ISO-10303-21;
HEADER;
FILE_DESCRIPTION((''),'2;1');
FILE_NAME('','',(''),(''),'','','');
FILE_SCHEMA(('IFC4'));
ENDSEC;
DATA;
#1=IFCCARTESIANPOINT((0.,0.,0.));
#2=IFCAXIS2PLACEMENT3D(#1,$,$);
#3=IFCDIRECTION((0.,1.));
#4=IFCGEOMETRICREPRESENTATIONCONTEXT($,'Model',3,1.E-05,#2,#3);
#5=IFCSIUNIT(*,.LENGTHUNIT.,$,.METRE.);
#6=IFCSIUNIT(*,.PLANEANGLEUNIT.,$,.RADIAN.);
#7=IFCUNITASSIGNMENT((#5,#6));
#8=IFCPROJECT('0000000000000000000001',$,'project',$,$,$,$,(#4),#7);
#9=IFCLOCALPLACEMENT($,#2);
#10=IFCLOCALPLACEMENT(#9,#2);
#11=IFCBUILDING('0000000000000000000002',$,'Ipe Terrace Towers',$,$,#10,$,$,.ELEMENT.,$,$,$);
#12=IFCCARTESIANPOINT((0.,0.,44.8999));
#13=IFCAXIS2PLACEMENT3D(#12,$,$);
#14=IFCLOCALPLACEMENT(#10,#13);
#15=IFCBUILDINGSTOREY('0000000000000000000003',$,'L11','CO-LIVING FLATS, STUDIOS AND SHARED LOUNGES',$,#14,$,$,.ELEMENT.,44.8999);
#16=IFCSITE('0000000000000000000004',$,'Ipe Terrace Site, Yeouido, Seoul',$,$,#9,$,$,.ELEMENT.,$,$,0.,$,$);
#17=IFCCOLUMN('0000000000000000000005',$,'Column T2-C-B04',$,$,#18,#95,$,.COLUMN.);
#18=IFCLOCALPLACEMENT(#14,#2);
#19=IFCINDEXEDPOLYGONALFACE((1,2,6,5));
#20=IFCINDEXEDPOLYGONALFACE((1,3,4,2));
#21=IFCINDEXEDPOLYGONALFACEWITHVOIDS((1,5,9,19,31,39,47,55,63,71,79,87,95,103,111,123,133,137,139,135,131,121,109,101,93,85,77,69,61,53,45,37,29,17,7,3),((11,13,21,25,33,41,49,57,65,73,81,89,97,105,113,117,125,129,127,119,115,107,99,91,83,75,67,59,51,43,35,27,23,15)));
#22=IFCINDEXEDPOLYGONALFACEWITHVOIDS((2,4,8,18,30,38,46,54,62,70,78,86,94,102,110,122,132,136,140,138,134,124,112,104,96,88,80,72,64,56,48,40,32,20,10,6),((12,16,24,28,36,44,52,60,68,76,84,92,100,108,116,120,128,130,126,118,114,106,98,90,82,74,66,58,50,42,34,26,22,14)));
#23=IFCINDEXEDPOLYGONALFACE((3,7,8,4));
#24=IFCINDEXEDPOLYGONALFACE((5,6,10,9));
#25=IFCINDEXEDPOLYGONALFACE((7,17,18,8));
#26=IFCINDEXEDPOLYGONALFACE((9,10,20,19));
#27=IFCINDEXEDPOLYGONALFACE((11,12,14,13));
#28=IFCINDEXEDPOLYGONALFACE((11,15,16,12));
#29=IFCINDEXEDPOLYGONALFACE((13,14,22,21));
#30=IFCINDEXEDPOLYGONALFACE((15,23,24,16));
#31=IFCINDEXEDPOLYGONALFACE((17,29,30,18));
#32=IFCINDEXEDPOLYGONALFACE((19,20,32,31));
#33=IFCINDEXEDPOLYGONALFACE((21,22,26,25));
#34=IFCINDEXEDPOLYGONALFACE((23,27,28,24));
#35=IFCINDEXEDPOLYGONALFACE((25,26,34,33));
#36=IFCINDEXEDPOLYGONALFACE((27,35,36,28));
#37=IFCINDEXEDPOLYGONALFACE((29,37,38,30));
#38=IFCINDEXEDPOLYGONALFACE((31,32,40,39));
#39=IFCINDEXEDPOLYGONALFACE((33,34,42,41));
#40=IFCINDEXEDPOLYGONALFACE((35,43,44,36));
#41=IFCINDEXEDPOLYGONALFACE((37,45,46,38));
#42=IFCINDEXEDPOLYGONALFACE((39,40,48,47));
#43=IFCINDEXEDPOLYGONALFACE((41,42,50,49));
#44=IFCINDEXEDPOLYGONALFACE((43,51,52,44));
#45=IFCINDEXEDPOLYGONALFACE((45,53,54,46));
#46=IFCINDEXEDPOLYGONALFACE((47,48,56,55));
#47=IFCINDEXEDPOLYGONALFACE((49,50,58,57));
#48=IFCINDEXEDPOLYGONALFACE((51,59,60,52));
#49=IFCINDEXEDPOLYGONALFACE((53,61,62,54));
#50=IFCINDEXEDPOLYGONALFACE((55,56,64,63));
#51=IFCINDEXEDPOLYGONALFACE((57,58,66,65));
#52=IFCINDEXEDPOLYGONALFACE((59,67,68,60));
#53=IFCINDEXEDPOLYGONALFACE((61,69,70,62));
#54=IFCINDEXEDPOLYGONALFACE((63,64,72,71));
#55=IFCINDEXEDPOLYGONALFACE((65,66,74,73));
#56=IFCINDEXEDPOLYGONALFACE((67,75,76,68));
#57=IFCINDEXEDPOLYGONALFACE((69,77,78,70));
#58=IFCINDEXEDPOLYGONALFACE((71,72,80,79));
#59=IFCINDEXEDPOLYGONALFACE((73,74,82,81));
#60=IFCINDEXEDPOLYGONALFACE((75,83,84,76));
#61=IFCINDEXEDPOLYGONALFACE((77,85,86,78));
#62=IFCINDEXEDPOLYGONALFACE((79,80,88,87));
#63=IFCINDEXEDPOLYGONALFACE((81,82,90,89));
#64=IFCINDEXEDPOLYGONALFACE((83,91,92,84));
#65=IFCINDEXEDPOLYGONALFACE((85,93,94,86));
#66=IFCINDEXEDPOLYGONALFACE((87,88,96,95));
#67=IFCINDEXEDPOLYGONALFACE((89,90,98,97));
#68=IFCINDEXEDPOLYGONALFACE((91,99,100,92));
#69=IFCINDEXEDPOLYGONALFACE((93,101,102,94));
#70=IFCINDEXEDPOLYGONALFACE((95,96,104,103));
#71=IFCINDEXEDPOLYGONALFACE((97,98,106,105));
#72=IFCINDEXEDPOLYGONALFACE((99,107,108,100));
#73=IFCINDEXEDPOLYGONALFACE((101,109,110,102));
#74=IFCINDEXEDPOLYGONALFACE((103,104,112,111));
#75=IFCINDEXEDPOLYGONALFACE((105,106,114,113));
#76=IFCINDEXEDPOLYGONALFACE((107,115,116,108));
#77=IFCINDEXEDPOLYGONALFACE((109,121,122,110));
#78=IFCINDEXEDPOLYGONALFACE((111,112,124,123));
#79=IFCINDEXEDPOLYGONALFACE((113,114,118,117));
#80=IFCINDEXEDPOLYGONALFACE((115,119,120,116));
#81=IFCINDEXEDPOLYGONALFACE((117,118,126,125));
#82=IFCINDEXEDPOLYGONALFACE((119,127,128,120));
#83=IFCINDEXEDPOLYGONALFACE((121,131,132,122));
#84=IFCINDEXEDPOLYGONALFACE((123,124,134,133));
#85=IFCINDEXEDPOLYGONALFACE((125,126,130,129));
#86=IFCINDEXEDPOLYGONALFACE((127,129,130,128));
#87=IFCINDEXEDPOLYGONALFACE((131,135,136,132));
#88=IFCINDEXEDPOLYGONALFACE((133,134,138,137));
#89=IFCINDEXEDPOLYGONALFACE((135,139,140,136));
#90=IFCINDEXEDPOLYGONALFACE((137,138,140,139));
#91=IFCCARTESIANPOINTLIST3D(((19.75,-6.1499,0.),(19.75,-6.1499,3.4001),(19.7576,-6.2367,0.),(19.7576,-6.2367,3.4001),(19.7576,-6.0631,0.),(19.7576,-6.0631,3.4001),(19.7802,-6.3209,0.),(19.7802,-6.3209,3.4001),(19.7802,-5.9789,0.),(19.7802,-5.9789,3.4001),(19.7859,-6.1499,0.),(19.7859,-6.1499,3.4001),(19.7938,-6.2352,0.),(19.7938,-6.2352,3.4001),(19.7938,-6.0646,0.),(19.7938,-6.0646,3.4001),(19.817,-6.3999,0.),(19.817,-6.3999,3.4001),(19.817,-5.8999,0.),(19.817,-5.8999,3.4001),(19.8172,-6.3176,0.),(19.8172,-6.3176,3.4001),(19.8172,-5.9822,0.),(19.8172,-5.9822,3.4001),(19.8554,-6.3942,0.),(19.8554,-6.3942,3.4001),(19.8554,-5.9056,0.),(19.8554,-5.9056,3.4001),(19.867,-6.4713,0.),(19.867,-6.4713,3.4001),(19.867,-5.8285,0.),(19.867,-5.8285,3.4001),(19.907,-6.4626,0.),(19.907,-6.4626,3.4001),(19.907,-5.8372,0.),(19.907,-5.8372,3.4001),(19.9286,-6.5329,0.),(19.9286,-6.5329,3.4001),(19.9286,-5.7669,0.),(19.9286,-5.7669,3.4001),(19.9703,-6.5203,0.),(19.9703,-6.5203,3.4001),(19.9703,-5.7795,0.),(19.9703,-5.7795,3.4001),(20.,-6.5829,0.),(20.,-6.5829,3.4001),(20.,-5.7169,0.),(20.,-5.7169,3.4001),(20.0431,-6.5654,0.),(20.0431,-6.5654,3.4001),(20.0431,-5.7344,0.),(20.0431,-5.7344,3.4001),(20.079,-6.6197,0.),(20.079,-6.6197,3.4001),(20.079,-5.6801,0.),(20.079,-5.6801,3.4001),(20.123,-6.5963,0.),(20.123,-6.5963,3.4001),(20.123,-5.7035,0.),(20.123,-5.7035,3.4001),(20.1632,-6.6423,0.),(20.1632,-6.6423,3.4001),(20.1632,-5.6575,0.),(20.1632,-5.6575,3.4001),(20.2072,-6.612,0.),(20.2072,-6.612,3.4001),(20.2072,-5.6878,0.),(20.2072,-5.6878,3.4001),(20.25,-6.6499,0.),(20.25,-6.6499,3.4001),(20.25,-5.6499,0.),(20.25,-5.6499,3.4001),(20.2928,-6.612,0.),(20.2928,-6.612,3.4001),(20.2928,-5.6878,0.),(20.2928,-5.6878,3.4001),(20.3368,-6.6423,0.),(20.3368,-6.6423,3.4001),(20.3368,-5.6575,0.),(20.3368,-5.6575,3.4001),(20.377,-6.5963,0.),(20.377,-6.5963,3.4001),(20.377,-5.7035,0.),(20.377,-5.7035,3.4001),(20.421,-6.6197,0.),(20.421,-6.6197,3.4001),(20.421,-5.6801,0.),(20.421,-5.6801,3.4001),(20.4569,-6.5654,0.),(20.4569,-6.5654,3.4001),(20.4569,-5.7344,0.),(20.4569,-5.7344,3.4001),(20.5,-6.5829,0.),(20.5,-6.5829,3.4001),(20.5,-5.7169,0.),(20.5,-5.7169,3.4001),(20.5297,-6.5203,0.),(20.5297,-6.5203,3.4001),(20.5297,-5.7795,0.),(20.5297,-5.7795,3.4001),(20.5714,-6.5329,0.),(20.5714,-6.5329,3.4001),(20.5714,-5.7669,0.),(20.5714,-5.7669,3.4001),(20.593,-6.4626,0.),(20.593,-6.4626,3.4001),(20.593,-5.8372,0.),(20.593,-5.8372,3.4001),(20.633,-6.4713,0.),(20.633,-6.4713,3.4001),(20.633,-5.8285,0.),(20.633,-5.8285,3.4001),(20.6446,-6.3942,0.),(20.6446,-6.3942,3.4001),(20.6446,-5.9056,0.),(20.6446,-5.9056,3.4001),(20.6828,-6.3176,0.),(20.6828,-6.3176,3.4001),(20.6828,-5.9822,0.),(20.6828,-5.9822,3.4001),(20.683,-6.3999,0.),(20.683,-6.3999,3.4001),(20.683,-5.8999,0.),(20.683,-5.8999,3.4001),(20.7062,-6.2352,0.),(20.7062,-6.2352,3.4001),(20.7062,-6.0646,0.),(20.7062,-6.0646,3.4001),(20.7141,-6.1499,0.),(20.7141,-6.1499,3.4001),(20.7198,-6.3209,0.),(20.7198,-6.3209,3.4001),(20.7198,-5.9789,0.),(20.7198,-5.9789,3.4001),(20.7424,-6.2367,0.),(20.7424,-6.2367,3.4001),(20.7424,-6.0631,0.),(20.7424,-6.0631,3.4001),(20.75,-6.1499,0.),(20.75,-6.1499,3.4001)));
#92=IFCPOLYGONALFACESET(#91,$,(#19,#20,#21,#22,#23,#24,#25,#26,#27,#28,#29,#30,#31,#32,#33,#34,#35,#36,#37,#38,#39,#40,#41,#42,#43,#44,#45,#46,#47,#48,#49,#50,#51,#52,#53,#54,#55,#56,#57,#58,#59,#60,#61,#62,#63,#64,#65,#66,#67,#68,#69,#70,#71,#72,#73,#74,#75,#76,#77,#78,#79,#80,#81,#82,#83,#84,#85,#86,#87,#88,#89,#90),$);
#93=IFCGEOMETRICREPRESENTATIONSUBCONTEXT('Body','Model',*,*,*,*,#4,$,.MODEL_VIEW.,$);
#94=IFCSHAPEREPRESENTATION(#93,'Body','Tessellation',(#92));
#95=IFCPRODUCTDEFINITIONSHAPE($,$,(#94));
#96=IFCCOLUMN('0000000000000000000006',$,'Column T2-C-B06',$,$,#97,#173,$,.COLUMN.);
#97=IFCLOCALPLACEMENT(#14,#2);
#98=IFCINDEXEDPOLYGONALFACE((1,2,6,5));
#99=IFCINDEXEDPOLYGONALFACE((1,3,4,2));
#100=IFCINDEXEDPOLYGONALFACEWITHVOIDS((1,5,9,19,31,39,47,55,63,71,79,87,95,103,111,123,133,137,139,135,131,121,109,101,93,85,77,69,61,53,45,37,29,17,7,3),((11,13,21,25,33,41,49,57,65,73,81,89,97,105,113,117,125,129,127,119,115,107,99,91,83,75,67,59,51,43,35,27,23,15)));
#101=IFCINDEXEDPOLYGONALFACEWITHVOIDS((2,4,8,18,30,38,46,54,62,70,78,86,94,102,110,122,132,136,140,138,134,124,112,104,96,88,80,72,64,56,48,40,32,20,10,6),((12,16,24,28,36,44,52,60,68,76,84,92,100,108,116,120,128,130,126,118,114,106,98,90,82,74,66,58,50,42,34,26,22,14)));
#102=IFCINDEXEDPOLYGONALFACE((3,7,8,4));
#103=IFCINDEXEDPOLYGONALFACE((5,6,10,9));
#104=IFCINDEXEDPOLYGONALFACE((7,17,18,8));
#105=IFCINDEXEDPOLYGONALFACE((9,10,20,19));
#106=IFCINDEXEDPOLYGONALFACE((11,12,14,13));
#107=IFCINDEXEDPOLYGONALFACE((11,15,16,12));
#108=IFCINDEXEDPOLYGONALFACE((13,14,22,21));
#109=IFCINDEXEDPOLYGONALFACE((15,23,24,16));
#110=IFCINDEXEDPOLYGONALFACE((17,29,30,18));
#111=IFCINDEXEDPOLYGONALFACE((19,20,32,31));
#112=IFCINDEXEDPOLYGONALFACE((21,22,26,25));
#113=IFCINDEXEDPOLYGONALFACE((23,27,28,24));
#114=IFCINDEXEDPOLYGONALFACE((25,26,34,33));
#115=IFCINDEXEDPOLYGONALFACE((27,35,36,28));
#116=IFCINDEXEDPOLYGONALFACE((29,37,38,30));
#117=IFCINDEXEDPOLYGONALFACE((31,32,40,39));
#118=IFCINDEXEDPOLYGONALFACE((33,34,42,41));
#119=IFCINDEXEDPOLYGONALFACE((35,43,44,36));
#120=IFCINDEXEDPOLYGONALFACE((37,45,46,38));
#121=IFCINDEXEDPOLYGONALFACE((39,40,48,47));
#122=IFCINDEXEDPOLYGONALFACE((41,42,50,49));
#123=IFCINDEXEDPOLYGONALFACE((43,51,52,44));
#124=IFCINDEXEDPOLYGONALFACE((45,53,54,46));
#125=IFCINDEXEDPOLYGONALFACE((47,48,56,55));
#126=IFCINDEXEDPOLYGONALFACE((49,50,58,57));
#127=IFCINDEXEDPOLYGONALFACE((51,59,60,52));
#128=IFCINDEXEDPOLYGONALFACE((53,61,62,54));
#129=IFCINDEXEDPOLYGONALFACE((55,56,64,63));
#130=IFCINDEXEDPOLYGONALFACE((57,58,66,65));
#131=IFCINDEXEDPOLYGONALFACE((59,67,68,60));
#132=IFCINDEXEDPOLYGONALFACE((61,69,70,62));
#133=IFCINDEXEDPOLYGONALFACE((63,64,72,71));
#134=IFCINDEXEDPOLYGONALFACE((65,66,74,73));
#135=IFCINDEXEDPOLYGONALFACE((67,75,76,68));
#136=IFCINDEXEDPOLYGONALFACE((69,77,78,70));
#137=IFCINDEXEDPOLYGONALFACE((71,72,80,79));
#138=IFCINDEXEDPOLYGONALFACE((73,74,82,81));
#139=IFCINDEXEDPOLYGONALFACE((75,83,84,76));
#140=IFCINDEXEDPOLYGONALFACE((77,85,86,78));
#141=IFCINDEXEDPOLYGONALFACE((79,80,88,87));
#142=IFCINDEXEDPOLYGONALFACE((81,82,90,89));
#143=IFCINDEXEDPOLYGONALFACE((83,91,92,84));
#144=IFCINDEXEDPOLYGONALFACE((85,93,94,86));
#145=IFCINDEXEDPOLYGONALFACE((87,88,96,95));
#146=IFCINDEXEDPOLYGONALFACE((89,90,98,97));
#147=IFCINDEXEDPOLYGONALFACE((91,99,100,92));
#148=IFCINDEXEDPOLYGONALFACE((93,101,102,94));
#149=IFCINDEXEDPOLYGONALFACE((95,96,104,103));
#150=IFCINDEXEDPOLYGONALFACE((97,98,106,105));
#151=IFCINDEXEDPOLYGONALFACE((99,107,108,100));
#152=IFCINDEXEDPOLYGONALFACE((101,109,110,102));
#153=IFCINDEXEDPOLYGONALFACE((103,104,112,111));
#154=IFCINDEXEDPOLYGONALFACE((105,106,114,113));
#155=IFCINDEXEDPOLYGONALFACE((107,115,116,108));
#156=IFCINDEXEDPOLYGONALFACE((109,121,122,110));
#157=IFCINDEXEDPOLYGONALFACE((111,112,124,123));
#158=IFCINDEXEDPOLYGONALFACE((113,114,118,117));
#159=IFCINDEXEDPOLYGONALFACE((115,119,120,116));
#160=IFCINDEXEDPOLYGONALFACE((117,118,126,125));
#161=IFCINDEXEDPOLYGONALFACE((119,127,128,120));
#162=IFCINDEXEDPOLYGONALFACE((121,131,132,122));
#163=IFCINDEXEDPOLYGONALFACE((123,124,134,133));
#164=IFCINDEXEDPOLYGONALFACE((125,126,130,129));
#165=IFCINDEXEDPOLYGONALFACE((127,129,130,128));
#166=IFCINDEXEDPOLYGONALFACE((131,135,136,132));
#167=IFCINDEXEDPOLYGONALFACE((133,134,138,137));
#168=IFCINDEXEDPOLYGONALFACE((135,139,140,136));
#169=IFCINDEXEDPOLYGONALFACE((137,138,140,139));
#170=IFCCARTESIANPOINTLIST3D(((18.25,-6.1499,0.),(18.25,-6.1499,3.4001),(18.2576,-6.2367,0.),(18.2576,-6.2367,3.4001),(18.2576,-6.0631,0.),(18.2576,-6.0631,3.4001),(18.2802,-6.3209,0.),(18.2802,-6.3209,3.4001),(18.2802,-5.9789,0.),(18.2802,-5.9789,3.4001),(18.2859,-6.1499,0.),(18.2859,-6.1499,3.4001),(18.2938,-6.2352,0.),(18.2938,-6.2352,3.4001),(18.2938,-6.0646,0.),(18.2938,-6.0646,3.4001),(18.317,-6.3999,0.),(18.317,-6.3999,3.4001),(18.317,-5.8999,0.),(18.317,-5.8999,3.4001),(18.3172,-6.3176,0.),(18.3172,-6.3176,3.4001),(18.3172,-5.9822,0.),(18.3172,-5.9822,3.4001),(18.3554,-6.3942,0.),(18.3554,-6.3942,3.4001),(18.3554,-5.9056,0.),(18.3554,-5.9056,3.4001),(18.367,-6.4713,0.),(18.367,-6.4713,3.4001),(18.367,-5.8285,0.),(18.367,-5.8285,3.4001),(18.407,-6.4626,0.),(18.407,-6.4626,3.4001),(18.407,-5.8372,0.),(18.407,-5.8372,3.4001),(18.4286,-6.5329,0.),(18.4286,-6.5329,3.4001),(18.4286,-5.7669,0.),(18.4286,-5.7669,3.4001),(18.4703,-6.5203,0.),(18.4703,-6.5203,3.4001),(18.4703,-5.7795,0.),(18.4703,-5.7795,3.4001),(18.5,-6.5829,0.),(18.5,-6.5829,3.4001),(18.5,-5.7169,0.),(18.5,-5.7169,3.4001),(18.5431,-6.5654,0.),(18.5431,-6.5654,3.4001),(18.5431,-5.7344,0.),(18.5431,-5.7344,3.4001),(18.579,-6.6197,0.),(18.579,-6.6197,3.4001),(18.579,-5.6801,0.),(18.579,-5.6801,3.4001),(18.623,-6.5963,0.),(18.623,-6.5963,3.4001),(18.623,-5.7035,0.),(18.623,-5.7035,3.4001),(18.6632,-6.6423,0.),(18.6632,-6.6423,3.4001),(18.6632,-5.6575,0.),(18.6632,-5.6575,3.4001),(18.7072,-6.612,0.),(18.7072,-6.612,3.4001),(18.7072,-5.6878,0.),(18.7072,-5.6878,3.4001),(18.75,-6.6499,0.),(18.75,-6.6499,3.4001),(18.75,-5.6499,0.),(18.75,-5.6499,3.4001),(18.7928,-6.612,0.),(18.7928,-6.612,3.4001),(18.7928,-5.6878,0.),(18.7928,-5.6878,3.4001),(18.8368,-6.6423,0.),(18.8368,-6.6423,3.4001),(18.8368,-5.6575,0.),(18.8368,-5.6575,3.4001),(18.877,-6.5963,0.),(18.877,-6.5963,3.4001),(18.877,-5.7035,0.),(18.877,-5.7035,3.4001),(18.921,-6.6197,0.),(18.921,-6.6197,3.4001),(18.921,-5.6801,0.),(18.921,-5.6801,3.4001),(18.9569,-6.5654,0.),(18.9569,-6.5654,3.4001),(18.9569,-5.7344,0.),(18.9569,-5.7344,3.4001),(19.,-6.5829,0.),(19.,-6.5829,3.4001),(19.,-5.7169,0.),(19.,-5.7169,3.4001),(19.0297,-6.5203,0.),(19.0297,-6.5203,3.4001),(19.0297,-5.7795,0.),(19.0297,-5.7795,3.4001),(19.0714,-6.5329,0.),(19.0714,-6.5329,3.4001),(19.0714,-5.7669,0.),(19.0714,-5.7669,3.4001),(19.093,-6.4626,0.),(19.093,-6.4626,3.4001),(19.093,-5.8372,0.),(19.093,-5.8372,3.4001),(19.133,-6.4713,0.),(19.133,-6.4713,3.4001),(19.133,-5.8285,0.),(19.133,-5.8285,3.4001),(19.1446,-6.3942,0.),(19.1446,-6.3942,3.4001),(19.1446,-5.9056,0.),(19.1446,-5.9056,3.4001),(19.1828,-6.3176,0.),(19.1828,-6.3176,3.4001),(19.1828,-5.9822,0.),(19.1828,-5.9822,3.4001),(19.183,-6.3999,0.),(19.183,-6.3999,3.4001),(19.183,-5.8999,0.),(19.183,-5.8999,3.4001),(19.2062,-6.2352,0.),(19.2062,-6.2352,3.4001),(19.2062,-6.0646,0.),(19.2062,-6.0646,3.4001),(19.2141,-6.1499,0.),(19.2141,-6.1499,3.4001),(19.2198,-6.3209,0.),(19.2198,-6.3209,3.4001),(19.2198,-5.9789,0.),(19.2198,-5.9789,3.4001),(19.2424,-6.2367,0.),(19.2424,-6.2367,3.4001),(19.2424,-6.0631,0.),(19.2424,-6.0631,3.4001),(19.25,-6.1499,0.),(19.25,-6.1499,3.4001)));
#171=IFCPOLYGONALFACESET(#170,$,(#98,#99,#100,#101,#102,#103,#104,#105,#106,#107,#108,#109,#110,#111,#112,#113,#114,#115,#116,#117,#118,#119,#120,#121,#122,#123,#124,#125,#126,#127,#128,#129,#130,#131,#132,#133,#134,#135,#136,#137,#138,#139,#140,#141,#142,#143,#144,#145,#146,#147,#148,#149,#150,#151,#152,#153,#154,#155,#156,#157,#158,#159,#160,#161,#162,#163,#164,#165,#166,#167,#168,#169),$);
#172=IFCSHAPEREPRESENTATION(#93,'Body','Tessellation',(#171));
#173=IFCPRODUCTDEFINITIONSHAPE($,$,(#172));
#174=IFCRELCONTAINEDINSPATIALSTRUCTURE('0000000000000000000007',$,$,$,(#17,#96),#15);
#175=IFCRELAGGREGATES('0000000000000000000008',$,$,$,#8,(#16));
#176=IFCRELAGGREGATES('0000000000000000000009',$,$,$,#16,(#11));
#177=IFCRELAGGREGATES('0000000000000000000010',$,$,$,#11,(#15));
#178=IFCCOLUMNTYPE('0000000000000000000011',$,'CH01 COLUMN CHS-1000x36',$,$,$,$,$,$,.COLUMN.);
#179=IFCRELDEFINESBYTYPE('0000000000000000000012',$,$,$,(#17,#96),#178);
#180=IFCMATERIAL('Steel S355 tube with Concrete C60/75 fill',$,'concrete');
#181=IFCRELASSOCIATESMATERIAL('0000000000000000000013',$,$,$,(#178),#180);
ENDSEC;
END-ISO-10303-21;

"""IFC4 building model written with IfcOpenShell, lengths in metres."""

from ifc_helpers import new_model, si_unit, direction, frame, origin, origin_2d, place, context, subcontext, project, spatial, hollow_circle, extrude, material, material_profile, profile_set, type_object, element, save


model = new_model("IFC4")

# Units and contexts
model_context = context("Model", 3, precision=1e-05, world=origin(), true_north=direction((0.0, 1.0)))
body_context = subcontext(model_context, "Body", "Model", "MODEL_VIEW")
ifc_project = project(units=[si_unit("LENGTHUNIT", "METRE"), si_unit("PLANEANGLEUNIT", "RADIAN")], contexts=[model_context])

# Site, building, storey
site_placement = place(None, origin())
site = spatial("IfcSite", under=ifc_project, at=site_placement, Name="Ipe Terrace Site, Yeouido, Seoul", CompositionType="ELEMENT", RefElevation=0.0)
building_placement = place(site_placement, origin())
building = spatial("IfcBuilding", under=site, at=building_placement, Name="Ipe Terrace Towers", CompositionType="ELEMENT")
storey_placement = place(building_placement, frame((0.0, 0.0, 44.8999)))
storey = spatial("IfcBuildingStorey", under=building, at=storey_placement, Name="L11", Description="CO-LIVING FLATS, STUDIOS AND SHARED LOUNGES", CompositionType="ELEMENT", Elevation=44.8999)

# Columns
ifc_material_1 = material(Name="Steel S355 tube with Concrete C60/75 fill", Category="concrete")
ifc_material_profile_1 = material_profile(ifc_material_1, hollow_circle(Radius=0.5, WallThickness=0.0359, at=origin_2d()), Name="CHS-1000x36")
ifc_profile_set_1 = profile_set([ifc_material_profile_1], Name="Steel S355 tube with Concrete C60/75 fill")
column_type = type_object("IfcColumnType", Name="CH01 COLUMN CHS-1000x36", PredefinedType="COLUMN", material=ifc_profile_set_1)
for number, where, z_axis, x_axis, name in (
    (1, (20.25, -6.1499, 0.0), (0.0, 0.0, 1.0), (1.0, 0.0, 0.0), "Column T2-C-B04"),
    (2, (18.75, -6.1499, 0.0), (0.0, 0.0, 1.0), (1.0, 0.0, 0.0), "Column T2-C-B06"),
):
    element("IfcColumn", number, at=place(storey_placement, frame(where, z_axis=z_axis, x_axis=x_axis)), inside=storey, type_object=column_type, Name=name, PredefinedType="COLUMN", context=body_context, shape_type="SweptSolid", body=[
        extrude(hollow_circle(Radius=0.5, WallThickness=0.0359, at=origin_2d()), origin(), (0.0, 0.0, 1.0), 3.4001),
    ])

save(model, "model.ifc")
